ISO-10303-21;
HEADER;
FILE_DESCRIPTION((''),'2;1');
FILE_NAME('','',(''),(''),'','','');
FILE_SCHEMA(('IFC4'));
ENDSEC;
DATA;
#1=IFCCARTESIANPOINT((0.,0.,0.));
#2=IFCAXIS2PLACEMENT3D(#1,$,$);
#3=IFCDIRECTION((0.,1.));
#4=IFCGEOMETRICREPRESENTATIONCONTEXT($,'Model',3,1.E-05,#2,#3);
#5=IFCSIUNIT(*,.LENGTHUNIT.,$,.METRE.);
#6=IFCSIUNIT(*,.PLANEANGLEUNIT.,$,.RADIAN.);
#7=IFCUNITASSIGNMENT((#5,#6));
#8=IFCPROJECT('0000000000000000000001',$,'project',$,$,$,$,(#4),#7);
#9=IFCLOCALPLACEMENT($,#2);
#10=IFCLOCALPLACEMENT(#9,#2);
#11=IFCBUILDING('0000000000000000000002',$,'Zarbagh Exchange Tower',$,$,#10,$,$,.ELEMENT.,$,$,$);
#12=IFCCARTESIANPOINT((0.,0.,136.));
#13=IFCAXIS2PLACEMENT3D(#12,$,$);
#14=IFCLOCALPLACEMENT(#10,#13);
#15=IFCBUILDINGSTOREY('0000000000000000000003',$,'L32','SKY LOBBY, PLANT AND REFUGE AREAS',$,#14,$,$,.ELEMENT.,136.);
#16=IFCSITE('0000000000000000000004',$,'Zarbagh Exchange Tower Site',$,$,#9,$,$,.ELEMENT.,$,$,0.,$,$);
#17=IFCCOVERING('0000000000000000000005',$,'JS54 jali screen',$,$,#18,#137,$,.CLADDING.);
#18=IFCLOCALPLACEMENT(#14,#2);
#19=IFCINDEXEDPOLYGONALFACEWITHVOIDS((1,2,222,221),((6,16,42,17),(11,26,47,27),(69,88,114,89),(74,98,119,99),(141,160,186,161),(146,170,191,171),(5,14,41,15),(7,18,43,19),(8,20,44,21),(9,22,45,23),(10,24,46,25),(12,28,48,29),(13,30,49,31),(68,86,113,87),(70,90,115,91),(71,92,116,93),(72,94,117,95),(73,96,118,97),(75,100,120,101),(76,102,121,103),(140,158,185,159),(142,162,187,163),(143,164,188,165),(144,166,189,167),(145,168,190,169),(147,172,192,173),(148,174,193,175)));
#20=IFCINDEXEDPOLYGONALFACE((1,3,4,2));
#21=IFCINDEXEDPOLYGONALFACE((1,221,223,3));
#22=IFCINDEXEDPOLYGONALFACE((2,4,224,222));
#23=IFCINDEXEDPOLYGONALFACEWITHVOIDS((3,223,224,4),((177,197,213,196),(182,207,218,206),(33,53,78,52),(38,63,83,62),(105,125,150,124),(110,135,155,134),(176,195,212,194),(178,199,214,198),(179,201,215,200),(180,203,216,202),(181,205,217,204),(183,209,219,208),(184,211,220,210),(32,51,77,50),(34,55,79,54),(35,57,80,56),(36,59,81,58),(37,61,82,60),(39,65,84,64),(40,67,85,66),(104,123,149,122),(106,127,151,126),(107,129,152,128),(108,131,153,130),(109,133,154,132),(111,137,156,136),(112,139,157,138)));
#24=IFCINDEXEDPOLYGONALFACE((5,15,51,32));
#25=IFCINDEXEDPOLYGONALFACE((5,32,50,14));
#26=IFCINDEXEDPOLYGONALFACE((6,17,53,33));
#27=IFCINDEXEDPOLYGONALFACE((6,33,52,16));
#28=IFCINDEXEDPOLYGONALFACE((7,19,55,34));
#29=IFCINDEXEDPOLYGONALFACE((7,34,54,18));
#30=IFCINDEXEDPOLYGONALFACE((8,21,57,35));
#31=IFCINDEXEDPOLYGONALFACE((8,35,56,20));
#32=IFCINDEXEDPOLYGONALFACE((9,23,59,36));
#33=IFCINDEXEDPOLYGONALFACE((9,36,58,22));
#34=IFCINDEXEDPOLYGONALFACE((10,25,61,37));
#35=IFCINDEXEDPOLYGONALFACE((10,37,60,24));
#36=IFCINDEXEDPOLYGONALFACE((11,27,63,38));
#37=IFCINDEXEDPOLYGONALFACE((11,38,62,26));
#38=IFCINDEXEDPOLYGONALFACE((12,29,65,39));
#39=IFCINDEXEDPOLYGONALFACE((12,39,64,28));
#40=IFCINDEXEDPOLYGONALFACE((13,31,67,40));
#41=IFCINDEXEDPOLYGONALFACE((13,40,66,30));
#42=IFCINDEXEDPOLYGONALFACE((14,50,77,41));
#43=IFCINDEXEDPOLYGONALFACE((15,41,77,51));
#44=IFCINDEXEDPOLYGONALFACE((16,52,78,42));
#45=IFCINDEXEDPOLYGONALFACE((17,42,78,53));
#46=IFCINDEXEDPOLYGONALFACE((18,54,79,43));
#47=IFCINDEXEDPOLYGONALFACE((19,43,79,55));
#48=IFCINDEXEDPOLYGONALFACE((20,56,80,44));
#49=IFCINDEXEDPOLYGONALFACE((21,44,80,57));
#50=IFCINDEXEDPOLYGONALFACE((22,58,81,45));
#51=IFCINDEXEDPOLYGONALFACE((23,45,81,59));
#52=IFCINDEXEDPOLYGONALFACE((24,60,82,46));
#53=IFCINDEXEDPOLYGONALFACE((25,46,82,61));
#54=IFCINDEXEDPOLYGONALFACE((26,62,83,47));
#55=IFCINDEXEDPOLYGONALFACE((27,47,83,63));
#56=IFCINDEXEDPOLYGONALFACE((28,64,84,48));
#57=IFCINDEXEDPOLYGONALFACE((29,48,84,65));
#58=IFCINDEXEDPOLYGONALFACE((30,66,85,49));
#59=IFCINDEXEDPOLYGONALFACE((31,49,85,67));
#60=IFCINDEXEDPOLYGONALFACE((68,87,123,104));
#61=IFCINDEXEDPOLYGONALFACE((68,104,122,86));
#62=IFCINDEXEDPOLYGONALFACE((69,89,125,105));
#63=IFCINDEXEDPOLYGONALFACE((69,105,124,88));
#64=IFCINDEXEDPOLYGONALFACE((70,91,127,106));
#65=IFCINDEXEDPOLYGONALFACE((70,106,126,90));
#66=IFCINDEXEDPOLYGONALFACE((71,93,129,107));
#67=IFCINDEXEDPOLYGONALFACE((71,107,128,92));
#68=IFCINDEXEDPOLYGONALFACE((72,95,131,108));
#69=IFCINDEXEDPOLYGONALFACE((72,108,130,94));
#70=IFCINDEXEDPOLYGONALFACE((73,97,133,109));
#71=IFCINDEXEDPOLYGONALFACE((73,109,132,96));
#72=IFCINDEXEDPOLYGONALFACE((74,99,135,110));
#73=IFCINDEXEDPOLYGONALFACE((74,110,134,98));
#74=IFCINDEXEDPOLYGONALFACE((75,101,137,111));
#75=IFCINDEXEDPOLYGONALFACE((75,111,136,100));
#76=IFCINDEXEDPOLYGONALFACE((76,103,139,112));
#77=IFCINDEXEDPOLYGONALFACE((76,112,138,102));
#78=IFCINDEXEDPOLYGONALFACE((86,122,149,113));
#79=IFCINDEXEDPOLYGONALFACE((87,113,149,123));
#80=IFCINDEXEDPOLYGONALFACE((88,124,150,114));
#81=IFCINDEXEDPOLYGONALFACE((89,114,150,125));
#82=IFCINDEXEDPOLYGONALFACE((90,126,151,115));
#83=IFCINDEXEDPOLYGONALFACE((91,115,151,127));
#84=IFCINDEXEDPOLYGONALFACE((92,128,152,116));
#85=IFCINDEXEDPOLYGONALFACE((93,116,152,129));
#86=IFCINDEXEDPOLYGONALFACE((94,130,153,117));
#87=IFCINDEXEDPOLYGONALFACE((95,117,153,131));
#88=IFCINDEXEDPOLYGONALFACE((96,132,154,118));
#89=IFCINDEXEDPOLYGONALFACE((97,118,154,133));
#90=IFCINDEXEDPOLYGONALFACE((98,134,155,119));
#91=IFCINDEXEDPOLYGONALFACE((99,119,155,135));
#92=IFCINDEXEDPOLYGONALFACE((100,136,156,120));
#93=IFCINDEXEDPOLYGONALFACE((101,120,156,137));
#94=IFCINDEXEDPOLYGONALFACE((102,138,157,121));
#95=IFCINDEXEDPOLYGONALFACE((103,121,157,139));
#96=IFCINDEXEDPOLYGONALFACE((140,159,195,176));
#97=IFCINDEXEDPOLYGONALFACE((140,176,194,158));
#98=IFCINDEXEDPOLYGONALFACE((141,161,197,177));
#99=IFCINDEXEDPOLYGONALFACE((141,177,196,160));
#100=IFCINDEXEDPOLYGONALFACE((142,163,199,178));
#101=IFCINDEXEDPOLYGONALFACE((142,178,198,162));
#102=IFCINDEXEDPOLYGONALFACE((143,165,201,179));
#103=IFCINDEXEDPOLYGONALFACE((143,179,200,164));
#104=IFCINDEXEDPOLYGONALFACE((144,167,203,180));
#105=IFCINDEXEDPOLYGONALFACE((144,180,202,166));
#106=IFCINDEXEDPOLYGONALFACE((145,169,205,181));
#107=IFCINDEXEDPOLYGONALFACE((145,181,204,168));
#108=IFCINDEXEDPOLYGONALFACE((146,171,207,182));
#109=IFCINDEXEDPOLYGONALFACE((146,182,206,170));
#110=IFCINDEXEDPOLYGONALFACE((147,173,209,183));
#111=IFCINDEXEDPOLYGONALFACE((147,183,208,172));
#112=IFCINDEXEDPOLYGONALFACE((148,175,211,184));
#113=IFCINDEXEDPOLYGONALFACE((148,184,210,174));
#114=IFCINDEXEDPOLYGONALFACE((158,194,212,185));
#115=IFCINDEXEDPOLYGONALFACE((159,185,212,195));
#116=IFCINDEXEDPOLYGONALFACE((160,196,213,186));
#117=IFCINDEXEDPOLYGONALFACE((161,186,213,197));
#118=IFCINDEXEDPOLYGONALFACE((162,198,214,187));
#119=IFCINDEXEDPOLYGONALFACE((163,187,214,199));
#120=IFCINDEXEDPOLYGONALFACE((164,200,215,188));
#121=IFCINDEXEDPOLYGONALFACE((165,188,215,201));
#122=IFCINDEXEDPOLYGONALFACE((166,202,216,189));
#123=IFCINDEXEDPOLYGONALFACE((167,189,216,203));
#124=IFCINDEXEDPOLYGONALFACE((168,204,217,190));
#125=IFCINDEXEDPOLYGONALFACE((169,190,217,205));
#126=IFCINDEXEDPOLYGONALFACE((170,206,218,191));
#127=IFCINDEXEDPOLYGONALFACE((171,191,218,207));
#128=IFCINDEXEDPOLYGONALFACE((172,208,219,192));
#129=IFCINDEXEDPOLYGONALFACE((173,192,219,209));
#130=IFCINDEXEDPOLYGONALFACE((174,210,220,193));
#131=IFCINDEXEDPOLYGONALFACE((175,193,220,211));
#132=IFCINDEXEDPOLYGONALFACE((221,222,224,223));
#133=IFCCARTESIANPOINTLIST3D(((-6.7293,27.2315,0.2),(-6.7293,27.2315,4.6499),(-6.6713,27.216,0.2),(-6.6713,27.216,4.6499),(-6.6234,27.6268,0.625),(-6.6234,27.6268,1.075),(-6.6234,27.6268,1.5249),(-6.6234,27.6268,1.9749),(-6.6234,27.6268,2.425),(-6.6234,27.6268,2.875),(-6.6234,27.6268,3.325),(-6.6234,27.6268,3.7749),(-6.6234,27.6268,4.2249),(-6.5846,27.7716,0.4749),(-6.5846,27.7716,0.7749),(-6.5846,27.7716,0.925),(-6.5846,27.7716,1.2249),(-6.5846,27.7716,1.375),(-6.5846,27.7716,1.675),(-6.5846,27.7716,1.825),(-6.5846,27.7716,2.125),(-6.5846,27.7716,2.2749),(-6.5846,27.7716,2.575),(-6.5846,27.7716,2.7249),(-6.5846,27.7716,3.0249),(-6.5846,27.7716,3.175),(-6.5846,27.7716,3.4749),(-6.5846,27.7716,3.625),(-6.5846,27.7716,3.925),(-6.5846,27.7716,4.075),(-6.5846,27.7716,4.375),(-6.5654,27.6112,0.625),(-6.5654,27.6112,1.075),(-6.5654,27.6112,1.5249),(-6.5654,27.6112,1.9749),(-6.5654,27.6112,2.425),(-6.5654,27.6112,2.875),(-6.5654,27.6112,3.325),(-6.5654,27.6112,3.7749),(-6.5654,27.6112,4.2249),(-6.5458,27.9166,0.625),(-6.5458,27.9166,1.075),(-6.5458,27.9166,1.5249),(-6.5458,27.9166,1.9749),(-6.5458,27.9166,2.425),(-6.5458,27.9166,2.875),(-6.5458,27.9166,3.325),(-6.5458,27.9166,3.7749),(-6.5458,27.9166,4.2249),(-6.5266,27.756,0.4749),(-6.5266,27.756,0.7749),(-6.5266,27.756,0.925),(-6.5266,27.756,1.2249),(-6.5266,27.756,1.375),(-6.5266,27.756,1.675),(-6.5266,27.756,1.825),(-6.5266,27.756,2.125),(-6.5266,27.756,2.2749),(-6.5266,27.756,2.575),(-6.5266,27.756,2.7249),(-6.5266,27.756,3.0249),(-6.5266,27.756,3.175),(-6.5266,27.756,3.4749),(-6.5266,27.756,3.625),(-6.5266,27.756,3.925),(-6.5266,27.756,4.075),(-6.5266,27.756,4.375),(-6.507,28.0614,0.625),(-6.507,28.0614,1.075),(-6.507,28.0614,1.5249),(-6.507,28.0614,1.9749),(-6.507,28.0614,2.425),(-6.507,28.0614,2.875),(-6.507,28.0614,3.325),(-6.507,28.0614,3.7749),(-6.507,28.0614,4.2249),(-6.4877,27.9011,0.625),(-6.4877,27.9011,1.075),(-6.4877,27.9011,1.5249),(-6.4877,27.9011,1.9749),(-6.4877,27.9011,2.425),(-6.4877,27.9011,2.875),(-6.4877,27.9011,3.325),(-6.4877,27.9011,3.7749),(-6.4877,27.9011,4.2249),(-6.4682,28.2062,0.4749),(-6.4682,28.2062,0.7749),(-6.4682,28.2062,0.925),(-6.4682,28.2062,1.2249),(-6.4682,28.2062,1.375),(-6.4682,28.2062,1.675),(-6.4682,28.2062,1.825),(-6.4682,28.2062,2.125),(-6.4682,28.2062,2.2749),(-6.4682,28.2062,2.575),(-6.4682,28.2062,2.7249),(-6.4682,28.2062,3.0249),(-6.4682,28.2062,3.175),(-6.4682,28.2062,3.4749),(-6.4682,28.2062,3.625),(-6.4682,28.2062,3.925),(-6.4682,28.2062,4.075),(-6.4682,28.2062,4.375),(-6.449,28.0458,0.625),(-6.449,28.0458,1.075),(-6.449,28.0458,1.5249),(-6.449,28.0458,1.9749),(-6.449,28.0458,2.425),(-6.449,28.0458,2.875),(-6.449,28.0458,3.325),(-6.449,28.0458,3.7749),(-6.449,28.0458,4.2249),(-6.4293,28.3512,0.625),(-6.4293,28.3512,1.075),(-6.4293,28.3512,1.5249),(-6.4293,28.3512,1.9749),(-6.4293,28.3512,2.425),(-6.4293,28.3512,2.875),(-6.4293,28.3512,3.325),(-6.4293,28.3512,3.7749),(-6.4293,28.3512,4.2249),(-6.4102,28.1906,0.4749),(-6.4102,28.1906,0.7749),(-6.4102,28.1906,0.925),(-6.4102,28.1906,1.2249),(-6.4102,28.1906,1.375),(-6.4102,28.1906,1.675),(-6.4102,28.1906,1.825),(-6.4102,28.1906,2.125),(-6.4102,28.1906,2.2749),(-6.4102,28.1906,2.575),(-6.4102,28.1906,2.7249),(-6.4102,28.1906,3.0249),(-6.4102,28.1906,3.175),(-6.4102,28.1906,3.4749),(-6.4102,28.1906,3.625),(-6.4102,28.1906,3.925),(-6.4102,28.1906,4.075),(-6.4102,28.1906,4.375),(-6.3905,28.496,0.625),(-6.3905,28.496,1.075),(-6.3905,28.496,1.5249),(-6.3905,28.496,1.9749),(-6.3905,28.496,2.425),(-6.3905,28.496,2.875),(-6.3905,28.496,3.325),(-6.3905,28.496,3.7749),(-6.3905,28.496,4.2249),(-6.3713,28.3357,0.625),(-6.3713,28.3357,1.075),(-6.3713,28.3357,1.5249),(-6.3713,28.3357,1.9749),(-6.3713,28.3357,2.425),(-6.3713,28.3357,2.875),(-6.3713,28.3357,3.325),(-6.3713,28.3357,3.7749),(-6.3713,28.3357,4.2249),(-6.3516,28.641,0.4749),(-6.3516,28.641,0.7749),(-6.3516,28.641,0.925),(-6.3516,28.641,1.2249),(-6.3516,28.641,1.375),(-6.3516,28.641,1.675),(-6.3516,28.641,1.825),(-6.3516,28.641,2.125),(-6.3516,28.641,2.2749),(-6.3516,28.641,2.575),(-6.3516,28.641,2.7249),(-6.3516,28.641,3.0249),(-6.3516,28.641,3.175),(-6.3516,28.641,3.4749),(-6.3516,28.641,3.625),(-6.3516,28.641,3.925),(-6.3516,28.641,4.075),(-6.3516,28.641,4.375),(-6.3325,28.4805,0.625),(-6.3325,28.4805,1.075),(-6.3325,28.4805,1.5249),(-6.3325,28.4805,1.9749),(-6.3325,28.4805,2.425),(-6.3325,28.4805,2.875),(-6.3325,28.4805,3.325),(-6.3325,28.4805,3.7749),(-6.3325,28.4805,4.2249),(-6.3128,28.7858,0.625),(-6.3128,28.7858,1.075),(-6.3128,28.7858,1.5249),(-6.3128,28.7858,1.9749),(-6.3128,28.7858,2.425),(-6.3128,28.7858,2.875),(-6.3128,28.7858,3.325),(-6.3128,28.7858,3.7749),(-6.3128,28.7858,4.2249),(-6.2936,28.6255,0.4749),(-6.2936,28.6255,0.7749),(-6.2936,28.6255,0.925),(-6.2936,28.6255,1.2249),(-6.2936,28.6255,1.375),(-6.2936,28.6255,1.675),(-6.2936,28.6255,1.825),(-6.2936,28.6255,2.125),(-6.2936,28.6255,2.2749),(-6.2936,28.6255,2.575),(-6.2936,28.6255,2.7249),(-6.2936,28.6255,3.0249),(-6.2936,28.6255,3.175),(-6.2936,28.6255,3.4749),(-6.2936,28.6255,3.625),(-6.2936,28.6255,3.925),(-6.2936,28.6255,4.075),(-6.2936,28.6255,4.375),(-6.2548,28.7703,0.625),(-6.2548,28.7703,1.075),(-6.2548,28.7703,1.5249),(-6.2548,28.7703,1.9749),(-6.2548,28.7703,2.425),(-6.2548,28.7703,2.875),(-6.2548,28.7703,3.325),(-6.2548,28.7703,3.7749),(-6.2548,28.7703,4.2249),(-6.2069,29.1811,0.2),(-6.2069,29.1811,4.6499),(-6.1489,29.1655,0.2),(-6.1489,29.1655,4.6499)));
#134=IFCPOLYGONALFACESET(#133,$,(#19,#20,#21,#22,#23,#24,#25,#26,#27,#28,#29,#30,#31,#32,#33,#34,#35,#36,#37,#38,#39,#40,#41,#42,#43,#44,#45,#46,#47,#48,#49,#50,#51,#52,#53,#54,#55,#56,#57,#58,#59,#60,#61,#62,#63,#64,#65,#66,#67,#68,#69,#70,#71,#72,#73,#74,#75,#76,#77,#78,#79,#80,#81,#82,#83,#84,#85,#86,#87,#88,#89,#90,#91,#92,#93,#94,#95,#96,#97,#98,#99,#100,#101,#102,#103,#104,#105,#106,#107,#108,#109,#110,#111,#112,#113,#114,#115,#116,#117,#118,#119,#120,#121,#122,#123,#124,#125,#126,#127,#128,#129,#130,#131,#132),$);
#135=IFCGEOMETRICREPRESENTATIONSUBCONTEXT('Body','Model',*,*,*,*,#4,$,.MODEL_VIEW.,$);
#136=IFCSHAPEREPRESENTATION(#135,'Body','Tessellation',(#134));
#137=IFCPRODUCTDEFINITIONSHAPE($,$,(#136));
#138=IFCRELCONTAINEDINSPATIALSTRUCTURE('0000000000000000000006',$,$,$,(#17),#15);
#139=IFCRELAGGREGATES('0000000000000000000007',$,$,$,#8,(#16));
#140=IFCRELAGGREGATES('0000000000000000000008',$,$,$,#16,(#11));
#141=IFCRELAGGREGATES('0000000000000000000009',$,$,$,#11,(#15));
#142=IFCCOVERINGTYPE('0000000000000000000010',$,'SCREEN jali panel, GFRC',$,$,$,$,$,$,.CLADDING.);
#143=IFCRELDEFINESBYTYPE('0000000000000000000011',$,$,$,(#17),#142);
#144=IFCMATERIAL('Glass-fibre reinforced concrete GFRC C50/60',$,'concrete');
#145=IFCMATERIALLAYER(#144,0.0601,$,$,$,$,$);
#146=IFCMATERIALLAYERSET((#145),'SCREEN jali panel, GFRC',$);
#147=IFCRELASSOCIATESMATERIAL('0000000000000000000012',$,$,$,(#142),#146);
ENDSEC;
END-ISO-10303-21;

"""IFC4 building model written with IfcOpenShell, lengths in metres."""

from ifc_helpers import new_model, si_unit, direction, frame, origin, place, context, subcontext, project, spatial, polyline, outline, extrude, source, transform, mapped, material, layer, layer_set, type_object, element, save


model = new_model("IFC4")

# Units and contexts
model_context = context("Model", 3, precision=1e-05, world=origin(), true_north=direction((0.0, 1.0)))
body_context = subcontext(model_context, "Body", "Model", "MODEL_VIEW")
ifc_project = project(units=[si_unit("LENGTHUNIT", "METRE"), si_unit("PLANEANGLEUNIT", "RADIAN")], contexts=[model_context])

# Site, building, storey
site_placement = place(None, origin())
site = spatial("IfcSite", under=ifc_project, at=site_placement, Name="Zarbagh Exchange Tower Site", CompositionType="ELEMENT", RefElevation=0.0)
building_placement = place(site_placement, origin())
building = spatial("IfcBuilding", under=site, at=building_placement, Name="Zarbagh Exchange Tower", CompositionType="ELEMENT")
storey_placement = place(building_placement, frame((0.0, 0.0, 136.0)))
storey = spatial("IfcBuildingStorey", under=building, at=storey_placement, Name="L32", Description="SKY LOBBY, PLANT AND REFUGE AREAS", CompositionType="ELEMENT", Elevation=136.0)

# Shared definitions
ifc_material_1 = material(Name="Glass-fibre reinforced concrete GFRC C50/60", Category="concrete")
ifc_layer_1 = layer(ifc_material_1, 0.0601)
ifc_layer_set_1 = layer_set([ifc_layer_1], Name="SCREEN jali panel, GFRC")
covering_type = type_object("IfcCoveringType", Name="SCREEN jali panel, GFRC", PredefinedType="CLADDING", material=ifc_layer_set_1)
placement = place(storey_placement, origin())

# Covering
shared_shape_1 = source(origin(), body_context, "Body", "SweptSolid", [
    extrude(outline(polyline([(0.0, 0.0), (2.0183, 0.0), (2.0183, 4.45), (0.0, 4.45), (0.0, 0.0)]), holes=[polyline([(0.4092, 0.425), (0.5591, 0.2749), (0.7092, 0.425), (0.5591, 0.575), (0.4092, 0.425)]), polyline([(0.4092, 0.875), (0.5591, 0.7251), (0.7092, 0.875), (0.5591, 1.0249), (0.4092, 0.875)]), polyline([(0.4092, 1.325), (0.5591, 1.175), (0.7092, 1.325), (0.5591, 1.4751), (0.4092, 1.325)]), polyline([(0.4092, 1.7749), (0.5591, 1.625), (0.7092, 1.7749), (0.5591, 1.925), (0.4092, 1.7749)]), polyline([(0.4092, 2.2251), (0.5591, 2.075), (0.7092, 2.2251), (0.5591, 2.375), (0.4092, 2.2251)]), polyline([(0.4092, 2.675), (0.5591, 2.5249), (0.7092, 2.675), (0.5591, 2.825), (0.4092, 2.675)]), polyline([(0.4092, 3.125), (0.5591, 2.9751), (0.7092, 3.125), (0.5591, 3.2749), (0.4092, 3.125)]), polyline([(0.4092, 3.575), (0.5591, 3.425), (0.7092, 3.575), (0.5591, 3.7251), (0.4092, 3.575)]), polyline([(0.4092, 4.0249), (0.5591, 3.875), (0.7092, 4.0249), (0.5591, 4.175), (0.4092, 4.0249)]), polyline([(0.8591, 0.425), (1.0093, 0.2749), (1.1592, 0.425), (1.0093, 0.575), (0.8591, 0.425)]), polyline([(0.8591, 0.875), (1.0093, 0.7251), (1.1592, 0.875), (1.0093, 1.0249), (0.8591, 0.875)]), polyline([(0.8591, 1.325), (1.0093, 1.175), (1.1592, 1.325), (1.0093, 1.4751), (0.8591, 1.325)]), polyline([(0.8591, 1.7749), (1.0093, 1.625), (1.1592, 1.7749), (1.0093, 1.925), (0.8591, 1.7749)]), polyline([(0.8591, 2.2251), (1.0093, 2.075), (1.1592, 2.2251), (1.0093, 2.375), (0.8591, 2.2251)]), polyline([(0.8591, 2.675), (1.0093, 2.5249), (1.1592, 2.675), (1.0093, 2.825), (0.8591, 2.675)]), polyline([(0.8591, 3.125), (1.0093, 2.9751), (1.1592, 3.125), (1.0093, 3.2749), (0.8591, 3.125)]), polyline([(0.8591, 3.575), (1.0093, 3.425), (1.1592, 3.575), (1.0093, 3.7251), (0.8591, 3.575)]), polyline([(0.8591, 4.0249), (1.0093, 3.875), (1.1592, 4.0249), (1.0093, 4.175), (0.8591, 4.0249)]), polyline([(1.3091, 0.425), (1.4592, 0.2749), (1.6091, 0.425), (1.4592, 0.575), (1.3091, 0.425)]), polyline([(1.3091, 0.875), (1.4592, 0.7251), (1.6091, 0.875), (1.4592, 1.0249), (1.3091, 0.875)]), polyline([(1.3091, 1.325), (1.4592, 1.175), (1.6091, 1.325), (1.4592, 1.4751), (1.3091, 1.325)]), polyline([(1.3091, 1.7749), (1.4592, 1.625), (1.6091, 1.7749), (1.4592, 1.925), (1.3091, 1.7749)]), polyline([(1.3091, 2.2251), (1.4592, 2.075), (1.6091, 2.2251), (1.4592, 2.375), (1.3091, 2.2251)]), polyline([(1.3091, 2.675), (1.4592, 2.5249), (1.6091, 2.675), (1.4592, 2.825), (1.3091, 2.675)]), polyline([(1.3091, 3.125), (1.4592, 2.9751), (1.6091, 3.125), (1.4592, 3.2749), (1.3091, 3.125)]), polyline([(1.3091, 3.575), (1.4592, 3.425), (1.6091, 3.575), (1.4592, 3.7251), (1.3091, 3.575)]), polyline([(1.3091, 4.0249), (1.4592, 3.875), (1.6091, 4.0249), (1.4592, 4.175), (1.3091, 4.0249)])]), origin(), (0.0, 0.0, 1.0), 0.0601),
])
element("IfcCovering", 1, at=placement, inside=storey, type_object=covering_type, Name="JS54 jali screen", PredefinedType="CLADDING", context=body_context, shape_type="MappedRepresentation", body=[
    mapped(shared_shape_1, transform((-6.1489, 29.1655, 0.2), x_axis=(-0.258825, -0.965924, 0.0), y_axis=(0.0, 0.0, 1.0), z_axis=(-0.965924, 0.258825, 0.0))),
])

save(model, "model.ifc")
